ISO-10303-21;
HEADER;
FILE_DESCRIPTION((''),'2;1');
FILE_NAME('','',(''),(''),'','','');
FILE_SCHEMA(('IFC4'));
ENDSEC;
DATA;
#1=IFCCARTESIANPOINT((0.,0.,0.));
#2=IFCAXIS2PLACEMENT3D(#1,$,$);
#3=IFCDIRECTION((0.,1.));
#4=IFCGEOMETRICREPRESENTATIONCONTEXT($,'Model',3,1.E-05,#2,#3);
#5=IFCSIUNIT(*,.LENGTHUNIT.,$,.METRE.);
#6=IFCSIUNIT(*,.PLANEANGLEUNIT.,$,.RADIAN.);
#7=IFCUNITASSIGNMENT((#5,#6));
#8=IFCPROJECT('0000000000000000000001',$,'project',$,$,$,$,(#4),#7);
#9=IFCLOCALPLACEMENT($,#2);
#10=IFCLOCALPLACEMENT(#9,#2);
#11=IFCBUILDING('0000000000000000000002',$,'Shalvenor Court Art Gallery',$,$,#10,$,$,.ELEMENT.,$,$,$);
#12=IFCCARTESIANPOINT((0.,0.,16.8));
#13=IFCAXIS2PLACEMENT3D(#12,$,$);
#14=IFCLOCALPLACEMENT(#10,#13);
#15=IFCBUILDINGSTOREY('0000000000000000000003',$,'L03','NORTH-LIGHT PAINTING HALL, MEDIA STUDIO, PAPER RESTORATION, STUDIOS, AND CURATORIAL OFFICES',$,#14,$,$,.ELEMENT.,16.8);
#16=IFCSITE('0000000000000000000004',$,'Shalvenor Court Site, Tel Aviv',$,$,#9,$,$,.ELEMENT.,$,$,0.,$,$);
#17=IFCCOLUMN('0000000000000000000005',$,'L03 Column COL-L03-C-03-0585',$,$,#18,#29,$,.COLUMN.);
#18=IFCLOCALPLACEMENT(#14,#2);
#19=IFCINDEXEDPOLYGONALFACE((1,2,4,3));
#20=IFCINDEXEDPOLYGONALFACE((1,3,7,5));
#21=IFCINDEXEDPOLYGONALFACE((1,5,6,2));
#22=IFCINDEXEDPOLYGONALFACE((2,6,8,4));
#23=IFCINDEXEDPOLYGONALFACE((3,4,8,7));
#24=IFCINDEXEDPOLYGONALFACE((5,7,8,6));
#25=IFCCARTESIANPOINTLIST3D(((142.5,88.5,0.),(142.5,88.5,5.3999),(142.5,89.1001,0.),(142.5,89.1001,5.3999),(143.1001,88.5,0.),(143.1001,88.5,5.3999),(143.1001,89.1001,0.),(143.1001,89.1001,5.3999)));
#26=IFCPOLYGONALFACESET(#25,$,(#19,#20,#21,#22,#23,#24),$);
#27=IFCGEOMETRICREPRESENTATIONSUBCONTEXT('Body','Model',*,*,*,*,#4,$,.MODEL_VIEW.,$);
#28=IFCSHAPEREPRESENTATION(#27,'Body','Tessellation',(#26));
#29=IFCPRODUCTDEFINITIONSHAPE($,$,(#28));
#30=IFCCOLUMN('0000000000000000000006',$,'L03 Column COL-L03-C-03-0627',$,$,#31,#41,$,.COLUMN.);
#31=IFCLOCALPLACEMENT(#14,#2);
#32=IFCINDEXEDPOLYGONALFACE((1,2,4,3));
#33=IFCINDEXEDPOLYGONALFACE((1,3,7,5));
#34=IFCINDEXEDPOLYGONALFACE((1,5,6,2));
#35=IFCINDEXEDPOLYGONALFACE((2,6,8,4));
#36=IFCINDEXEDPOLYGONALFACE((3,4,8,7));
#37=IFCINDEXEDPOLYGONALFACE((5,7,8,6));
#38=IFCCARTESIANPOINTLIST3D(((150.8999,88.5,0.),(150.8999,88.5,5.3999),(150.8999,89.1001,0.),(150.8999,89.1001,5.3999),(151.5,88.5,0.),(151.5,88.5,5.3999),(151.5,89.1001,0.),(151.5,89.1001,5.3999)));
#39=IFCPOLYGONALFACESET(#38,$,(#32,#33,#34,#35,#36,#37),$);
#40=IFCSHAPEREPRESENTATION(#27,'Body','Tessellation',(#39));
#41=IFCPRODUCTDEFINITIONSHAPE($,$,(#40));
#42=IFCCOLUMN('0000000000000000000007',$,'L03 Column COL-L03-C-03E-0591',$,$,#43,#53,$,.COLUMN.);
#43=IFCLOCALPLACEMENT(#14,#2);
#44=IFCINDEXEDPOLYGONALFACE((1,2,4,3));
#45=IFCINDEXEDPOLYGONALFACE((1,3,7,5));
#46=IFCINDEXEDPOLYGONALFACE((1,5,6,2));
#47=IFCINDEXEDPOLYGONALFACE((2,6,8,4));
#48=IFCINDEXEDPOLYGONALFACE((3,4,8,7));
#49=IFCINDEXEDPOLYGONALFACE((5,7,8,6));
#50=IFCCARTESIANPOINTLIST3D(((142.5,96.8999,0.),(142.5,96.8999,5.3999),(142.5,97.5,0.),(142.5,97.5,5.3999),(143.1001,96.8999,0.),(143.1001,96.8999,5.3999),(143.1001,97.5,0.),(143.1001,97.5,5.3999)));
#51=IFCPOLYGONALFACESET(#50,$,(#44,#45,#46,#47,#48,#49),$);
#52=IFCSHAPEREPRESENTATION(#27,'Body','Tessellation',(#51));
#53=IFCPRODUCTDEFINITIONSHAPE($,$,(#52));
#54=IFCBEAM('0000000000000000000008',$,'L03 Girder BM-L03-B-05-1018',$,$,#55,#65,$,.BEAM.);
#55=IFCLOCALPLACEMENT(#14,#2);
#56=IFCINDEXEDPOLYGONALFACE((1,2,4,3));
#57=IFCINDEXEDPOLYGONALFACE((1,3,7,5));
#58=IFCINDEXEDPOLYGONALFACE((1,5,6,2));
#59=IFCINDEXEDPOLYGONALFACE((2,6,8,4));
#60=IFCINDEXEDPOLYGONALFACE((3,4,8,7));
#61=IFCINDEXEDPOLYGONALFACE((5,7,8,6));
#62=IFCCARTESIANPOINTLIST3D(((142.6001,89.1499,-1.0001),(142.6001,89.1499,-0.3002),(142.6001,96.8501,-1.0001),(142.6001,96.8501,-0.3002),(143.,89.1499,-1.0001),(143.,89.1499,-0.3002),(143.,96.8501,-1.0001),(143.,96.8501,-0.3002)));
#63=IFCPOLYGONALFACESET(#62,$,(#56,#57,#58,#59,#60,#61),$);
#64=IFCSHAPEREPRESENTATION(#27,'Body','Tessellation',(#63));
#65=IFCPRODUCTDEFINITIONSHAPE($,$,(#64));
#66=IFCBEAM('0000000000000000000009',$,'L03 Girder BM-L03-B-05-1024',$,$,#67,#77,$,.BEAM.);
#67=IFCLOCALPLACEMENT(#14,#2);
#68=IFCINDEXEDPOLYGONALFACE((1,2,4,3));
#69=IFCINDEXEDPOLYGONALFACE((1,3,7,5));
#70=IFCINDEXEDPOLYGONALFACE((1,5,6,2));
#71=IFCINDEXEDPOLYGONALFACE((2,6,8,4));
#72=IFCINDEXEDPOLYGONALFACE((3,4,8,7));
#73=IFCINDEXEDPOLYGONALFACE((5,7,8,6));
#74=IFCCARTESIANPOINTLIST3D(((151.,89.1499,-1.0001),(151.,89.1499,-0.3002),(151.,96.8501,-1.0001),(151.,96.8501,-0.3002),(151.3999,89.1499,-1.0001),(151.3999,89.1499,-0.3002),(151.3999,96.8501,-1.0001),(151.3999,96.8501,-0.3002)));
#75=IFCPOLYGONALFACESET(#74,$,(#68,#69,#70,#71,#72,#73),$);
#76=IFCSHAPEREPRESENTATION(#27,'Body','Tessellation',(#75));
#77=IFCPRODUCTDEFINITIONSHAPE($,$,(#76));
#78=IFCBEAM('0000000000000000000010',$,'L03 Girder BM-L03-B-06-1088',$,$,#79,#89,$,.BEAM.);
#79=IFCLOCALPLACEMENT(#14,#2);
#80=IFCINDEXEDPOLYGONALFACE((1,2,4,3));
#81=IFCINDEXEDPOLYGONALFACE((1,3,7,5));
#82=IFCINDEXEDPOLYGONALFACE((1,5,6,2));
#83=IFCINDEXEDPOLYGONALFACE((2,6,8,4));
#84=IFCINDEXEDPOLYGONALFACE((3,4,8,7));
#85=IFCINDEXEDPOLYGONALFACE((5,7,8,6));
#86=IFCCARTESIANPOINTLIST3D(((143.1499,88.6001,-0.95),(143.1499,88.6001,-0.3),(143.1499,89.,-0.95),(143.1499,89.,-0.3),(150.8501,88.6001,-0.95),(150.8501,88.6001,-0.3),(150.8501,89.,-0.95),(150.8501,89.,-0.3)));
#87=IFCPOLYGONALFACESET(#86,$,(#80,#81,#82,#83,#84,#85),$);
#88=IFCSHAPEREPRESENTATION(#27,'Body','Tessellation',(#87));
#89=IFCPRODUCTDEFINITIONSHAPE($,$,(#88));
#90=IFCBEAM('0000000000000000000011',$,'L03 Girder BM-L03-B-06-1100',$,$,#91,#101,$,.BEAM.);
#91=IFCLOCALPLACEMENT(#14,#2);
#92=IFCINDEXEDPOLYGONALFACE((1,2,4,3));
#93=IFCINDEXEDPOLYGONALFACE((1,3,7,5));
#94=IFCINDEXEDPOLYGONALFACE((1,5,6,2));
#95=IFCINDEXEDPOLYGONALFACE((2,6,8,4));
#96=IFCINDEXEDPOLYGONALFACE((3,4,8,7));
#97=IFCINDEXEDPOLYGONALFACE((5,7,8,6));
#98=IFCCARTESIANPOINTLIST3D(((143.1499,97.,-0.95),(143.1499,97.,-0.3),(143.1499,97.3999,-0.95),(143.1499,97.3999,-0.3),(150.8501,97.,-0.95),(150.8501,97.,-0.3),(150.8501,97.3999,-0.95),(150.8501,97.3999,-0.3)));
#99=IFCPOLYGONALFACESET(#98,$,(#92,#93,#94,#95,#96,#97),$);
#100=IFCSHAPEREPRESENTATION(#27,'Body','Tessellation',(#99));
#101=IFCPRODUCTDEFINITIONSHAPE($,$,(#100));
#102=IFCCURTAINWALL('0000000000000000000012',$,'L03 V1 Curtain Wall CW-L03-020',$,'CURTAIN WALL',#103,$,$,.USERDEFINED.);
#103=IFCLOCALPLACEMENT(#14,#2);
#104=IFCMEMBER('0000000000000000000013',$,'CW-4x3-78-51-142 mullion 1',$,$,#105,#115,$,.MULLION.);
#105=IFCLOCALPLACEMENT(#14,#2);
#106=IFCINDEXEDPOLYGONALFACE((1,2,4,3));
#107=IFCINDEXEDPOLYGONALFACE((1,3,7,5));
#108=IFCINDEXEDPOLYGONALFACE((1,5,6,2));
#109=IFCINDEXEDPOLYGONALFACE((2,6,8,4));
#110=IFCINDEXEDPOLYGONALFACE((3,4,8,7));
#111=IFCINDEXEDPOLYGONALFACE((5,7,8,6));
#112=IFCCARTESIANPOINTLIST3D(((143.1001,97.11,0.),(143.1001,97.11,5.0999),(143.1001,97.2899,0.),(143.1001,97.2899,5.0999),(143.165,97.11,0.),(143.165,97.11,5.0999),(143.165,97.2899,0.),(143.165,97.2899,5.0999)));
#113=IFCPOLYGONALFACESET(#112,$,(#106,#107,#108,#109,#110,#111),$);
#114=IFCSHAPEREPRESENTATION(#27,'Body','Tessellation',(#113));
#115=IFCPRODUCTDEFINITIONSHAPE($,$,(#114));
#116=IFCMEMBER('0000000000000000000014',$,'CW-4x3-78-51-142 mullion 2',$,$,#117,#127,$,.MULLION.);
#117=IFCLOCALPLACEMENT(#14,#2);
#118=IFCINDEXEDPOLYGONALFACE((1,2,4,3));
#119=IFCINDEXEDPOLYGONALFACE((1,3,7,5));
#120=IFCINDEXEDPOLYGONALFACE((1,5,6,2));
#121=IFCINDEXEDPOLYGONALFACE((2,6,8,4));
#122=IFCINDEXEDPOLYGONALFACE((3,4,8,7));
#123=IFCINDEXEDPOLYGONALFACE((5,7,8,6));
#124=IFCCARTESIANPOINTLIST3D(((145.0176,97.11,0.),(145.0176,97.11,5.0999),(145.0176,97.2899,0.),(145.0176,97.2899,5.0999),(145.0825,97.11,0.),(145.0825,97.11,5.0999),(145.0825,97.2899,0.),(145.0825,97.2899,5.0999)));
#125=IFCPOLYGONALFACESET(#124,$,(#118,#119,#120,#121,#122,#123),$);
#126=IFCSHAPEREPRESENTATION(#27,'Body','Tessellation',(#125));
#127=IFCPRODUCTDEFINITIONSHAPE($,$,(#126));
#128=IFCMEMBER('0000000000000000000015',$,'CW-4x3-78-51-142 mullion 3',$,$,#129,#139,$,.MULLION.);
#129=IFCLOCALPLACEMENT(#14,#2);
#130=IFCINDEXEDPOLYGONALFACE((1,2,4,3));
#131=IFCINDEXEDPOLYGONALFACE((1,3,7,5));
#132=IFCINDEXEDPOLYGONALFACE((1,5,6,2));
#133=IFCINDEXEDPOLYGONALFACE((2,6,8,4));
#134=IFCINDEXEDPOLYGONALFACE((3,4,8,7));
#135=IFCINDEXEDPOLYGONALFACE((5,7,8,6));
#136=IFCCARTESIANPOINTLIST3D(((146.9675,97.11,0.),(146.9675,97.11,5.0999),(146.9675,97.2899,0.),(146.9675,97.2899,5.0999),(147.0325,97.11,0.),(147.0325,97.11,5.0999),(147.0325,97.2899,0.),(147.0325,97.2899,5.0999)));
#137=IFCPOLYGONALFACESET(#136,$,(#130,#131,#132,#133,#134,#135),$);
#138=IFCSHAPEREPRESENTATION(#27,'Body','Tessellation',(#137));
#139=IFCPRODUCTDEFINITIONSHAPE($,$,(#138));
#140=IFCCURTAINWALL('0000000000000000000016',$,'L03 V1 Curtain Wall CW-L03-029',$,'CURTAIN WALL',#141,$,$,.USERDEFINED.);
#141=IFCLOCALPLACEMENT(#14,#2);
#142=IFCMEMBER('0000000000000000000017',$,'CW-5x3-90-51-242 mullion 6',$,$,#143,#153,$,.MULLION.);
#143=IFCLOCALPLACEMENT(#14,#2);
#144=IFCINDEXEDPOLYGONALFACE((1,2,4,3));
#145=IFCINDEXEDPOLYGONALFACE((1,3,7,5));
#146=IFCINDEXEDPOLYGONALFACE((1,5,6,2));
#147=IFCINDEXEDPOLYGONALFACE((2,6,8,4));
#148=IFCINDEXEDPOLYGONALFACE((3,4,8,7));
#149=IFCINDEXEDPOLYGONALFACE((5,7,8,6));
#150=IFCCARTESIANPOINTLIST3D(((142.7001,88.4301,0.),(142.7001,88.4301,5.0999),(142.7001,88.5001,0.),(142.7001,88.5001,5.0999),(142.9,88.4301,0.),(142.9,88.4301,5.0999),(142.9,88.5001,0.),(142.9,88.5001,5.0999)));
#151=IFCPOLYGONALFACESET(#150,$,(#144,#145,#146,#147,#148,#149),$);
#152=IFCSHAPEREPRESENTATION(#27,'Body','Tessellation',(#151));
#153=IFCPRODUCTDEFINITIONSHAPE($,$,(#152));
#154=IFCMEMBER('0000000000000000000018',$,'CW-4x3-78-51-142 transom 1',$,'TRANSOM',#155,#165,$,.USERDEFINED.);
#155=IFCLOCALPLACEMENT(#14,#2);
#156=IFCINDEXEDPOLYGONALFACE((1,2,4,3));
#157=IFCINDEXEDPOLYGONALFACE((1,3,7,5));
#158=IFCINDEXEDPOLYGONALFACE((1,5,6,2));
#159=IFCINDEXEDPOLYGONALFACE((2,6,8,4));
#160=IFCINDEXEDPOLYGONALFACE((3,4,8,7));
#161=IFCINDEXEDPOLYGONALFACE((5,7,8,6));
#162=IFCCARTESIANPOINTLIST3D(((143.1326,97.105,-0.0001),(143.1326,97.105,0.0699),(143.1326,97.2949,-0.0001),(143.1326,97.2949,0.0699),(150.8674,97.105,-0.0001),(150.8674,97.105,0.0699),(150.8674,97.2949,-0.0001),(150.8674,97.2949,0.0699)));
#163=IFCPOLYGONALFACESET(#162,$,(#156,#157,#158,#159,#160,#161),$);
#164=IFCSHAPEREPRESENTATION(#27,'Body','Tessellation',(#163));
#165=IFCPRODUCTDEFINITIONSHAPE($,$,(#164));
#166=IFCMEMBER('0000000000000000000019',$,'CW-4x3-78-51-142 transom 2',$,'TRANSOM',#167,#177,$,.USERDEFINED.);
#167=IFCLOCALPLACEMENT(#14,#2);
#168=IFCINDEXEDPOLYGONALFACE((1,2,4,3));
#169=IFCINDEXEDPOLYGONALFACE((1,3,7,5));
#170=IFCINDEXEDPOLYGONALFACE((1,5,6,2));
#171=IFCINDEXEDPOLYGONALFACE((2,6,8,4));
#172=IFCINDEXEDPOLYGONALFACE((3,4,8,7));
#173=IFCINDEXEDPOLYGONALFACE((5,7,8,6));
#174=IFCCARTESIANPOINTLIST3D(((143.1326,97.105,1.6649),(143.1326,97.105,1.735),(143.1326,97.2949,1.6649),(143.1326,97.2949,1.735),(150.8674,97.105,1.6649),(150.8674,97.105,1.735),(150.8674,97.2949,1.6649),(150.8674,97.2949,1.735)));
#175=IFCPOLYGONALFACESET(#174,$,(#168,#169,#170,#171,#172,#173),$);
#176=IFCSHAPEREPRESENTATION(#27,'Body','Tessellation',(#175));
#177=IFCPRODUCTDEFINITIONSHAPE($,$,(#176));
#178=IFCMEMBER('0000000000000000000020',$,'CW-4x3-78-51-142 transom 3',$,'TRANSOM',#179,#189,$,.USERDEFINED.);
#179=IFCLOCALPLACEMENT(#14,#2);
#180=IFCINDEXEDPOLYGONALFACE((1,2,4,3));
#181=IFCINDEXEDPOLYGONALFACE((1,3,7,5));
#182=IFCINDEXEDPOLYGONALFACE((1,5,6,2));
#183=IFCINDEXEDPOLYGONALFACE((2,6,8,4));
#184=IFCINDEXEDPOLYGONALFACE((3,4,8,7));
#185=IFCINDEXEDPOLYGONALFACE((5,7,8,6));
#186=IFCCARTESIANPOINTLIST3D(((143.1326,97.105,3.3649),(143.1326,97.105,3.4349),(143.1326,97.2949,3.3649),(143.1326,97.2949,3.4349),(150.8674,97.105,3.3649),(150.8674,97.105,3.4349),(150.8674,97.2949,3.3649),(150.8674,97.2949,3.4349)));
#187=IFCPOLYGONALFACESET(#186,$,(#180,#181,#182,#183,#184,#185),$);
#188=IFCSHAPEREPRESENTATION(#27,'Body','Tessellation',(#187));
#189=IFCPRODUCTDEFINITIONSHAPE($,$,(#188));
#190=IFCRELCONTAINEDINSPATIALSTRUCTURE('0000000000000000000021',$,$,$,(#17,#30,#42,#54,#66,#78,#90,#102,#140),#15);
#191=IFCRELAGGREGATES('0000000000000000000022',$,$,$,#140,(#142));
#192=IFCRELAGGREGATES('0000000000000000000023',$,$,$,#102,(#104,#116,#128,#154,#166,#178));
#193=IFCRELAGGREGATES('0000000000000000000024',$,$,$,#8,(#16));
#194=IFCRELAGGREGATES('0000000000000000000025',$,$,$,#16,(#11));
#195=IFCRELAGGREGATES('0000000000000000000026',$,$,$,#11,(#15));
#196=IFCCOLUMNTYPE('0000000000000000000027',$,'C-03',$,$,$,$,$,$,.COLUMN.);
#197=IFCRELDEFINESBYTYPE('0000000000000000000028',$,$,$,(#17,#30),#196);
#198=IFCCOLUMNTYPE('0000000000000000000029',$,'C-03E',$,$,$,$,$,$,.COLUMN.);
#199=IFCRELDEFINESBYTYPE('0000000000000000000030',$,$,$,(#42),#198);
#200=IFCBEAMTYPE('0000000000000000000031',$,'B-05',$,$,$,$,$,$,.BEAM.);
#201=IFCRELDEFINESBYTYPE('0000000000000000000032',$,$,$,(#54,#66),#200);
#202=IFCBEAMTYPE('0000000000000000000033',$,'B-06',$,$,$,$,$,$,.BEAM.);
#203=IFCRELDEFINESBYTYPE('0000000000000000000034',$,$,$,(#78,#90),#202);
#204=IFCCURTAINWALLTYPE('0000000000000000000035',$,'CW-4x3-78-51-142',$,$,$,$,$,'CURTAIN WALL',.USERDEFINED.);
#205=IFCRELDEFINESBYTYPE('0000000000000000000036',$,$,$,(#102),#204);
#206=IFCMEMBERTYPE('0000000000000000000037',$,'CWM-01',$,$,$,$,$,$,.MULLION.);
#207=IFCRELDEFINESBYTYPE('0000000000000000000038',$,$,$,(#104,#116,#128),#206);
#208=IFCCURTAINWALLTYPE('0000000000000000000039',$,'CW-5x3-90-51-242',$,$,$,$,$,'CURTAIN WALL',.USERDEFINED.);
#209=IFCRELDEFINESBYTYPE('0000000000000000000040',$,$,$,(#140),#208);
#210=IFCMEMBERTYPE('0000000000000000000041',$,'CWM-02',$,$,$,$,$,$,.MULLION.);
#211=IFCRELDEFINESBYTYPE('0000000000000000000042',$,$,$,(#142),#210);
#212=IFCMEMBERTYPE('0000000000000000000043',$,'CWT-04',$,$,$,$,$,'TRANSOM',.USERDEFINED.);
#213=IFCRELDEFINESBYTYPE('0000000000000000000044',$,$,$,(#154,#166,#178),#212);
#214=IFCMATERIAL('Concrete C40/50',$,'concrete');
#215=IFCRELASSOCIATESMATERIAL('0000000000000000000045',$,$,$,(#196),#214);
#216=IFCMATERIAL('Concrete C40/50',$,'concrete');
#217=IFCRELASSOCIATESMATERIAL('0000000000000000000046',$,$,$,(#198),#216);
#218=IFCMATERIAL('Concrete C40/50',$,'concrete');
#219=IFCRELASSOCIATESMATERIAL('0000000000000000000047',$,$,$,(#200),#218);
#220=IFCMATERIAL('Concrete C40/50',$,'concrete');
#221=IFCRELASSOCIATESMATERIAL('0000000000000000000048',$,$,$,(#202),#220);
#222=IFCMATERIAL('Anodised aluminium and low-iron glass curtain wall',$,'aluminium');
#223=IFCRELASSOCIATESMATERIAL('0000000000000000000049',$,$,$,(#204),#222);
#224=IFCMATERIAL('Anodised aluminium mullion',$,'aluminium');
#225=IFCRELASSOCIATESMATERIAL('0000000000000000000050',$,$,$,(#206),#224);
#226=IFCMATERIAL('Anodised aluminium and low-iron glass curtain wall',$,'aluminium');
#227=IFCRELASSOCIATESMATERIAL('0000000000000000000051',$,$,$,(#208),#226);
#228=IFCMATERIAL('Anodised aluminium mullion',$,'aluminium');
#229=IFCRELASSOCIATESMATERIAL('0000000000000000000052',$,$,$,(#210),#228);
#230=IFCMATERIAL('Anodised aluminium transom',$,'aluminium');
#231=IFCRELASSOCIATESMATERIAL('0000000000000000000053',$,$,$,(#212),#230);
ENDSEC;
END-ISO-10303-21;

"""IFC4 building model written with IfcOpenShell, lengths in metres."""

from ifc_helpers import new_model, si_unit, direction, frame, origin, origin_2d, place, context, subcontext, project, spatial, rectangle, extrude, material, material_profile, profile_set, type_object, element, aggregate, save


model = new_model("IFC4")

# Units and contexts
model_context = context("Model", 3, precision=1e-05, world=origin(), true_north=direction((0.0, 1.0)))
body_context = subcontext(model_context, "Body", "Model", "MODEL_VIEW")
ifc_project = project(units=[si_unit("LENGTHUNIT", "METRE"), si_unit("PLANEANGLEUNIT", "RADIAN")], contexts=[model_context])

# Site, building, storey
site_placement = place(None, origin())
site = spatial("IfcSite", under=ifc_project, at=site_placement, Name="Shalvenor Court Site, Tel Aviv", CompositionType="ELEMENT", RefElevation=0.0)
building_placement = place(site_placement, origin())
building = spatial("IfcBuilding", under=site, at=building_placement, Name="Shalvenor Court Art Gallery", CompositionType="ELEMENT")
storey_placement = place(building_placement, frame((0.0, 0.0, 16.8)))
storey = spatial("IfcBuildingStorey", under=building, at=storey_placement, Name="L03", Description="NORTH-LIGHT PAINTING HALL, MEDIA STUDIO, PAPER RESTORATION, STUDIOS, AND CURATORIAL OFFICES", CompositionType="ELEMENT", Elevation=16.8)

# Columns
ifc_material_1 = material(Name="Concrete C40/50", Category="concrete")
ifc_material_profile_1 = material_profile(ifc_material_1, rectangle(XDim=0.6001, YDim=0.6001, at=origin_2d()), Name="RC 600x600")
ifc_profile_set_1 = profile_set([ifc_material_profile_1], Name="Concrete C40/50")
column_type_1 = type_object("IfcColumnType", Name="C-03", PredefinedType="COLUMN", material=ifc_profile_set_1)
for number, where, z_axis, x_axis, name in (
    (1, (142.8, 88.8, 0.0), (0.0, 0.0, 1.0), (1.0, 0.0, 0.0), "L03 Column COL-L03-C-03-0585"),
    (2, (151.2, 88.8, 0.0), (0.0, 0.0, 1.0), (1.0, 0.0, 0.0), "L03 Column COL-L03-C-03-0627"),
):
    element("IfcColumn", number, at=place(storey_placement, frame(where, z_axis=z_axis, x_axis=x_axis)), inside=storey, type_object=column_type_1, Name=name, PredefinedType="COLUMN", context=body_context, shape_type="SweptSolid", body=[
        extrude(rectangle(XDim=0.6001, YDim=0.6001, at=origin_2d()), origin(), (0.0, 0.0, 1.0), 5.3999),
    ])
ifc_material_2 = material(Name="Concrete C40/50", Category="concrete")
ifc_material_profile_2 = material_profile(ifc_material_2, rectangle(XDim=0.6001, YDim=0.6001, at=origin_2d()), Name="RC 600x600")
ifc_profile_set_2 = profile_set([ifc_material_profile_2], Name="Concrete C40/50")
column_type_2 = type_object("IfcColumnType", Name="C-03E", PredefinedType="COLUMN", material=ifc_profile_set_2)
column_placement = place(storey_placement, frame((142.8, 97.2, 0.0), z_axis=(0.0, 0.0, 1.0), x_axis=(1.0, 0.0, 0.0)))
element("IfcColumn", 3, at=column_placement, inside=storey, type_object=column_type_2, Name="L03 Column COL-L03-C-03E-0591", PredefinedType="COLUMN", context=body_context, shape_type="SweptSolid", body=[
    extrude(rectangle(XDim=0.6001, YDim=0.6001, at=origin_2d()), origin(), (0.0, 0.0, 1.0), 5.3999),
])

# Beams
ifc_material_3 = material(Name="Concrete C40/50", Category="concrete")
ifc_material_profile_3 = material_profile(ifc_material_3, rectangle(XDim=0.3999, YDim=0.7, at=origin_2d()), Name="RC 400x700")
ifc_profile_set_3 = profile_set([ifc_material_profile_3], Name="Concrete C40/50")
beam_type_1 = type_object("IfcBeamType", Name="B-05", PredefinedType="BEAM", material=ifc_profile_set_3)
for number, where, z_axis, x_axis, name in (
    (4, (142.8, 89.1499, -0.6501), (0.0, 1.0, 0.0), (-1.0, 0.0, 0.0), "L03 Girder BM-L03-B-05-1018"),
    (5, (151.2, 89.1499, -0.6501), (0.0, 1.0, 0.0), (-1.0, 0.0, 0.0), "L03 Girder BM-L03-B-05-1024"),
):
    element("IfcBeam", number, at=place(storey_placement, frame(where, z_axis=z_axis, x_axis=x_axis)), inside=storey, type_object=beam_type_1, Name=name, PredefinedType="BEAM", context=body_context, shape_type="SweptSolid", body=[
        extrude(rectangle(XDim=0.3999, YDim=0.7, at=origin_2d()), origin(), (0.0, 0.0, 1.0), 7.7002),
    ])
ifc_material_4 = material(Name="Concrete C40/50", Category="concrete")
ifc_material_profile_4 = material_profile(ifc_material_4, rectangle(XDim=0.3999, YDim=0.6499, at=origin_2d()), Name="RC 400x650")
ifc_profile_set_4 = profile_set([ifc_material_profile_4], Name="Concrete C40/50")
beam_type_2 = type_object("IfcBeamType", Name="B-06", PredefinedType="BEAM", material=ifc_profile_set_4)
for number, where, z_axis, x_axis, name in (
    (6, (143.1499, 88.8, -0.625), (1.0, 0.0, 0.0), (0.0, 1.0, 0.0), "L03 Girder BM-L03-B-06-1088"),
    (7, (143.1499, 97.2, -0.625), (1.0, 0.0, 0.0), (0.0, 1.0, 0.0), "L03 Girder BM-L03-B-06-1100"),
):
    element("IfcBeam", number, at=place(storey_placement, frame(where, z_axis=z_axis, x_axis=x_axis)), inside=storey, type_object=beam_type_2, Name=name, PredefinedType="BEAM", context=body_context, shape_type="SweptSolid", body=[
        extrude(rectangle(XDim=0.3999, YDim=0.6499, at=origin_2d()), origin(), (0.0, 0.0, 1.0), 7.7002),
    ])

# Curtain wall, members
ifc_material_5 = material(Name="Anodised aluminium and low-iron glass curtain wall", Category="aluminium")
curtain_wall_type_1 = type_object("IfcCurtainWallType", Name="CW-4x3-78-51-142", ElementType="CURTAIN WALL", PredefinedType="USERDEFINED", material=ifc_material_5)
curtain_wall_1_placement = place(storey_placement, origin())
curtain_wall_1 = element("IfcCurtainWall", 8, at=curtain_wall_1_placement, inside=storey, type_object=curtain_wall_type_1, Name="L03 V1 Curtain Wall CW-L03-020", ObjectType="CURTAIN WALL", PredefinedType="USERDEFINED")
ifc_material_6 = material(Name="Anodised aluminium mullion", Category="aluminium")
ifc_material_profile_5 = material_profile(ifc_material_6, rectangle(XDim=0.0649, YDim=0.1799, at=origin_2d()), Name="CWM-01")
ifc_profile_set_5 = profile_set([ifc_material_profile_5], Name="Anodised aluminium mullion")
member_type_1 = type_object("IfcMemberType", Name="CWM-01", PredefinedType="MULLION", material=ifc_profile_set_5)
member_1_placement = place(storey_placement, frame((143.1326, 97.2, 0.0), z_axis=(0.0, 0.0, 1.0), x_axis=(1.0, 0.0, 0.0)))
member_1 = element("IfcMember", 9, at=member_1_placement, type_object=member_type_1, Name="CW-4x3-78-51-142 mullion 1", PredefinedType="MULLION", context=body_context, shape_type="SweptSolid", body=[
    extrude(rectangle(XDim=0.0649, YDim=0.1799, at=origin_2d()), origin(), (0.0, 0.0, 1.0), 5.0999),
])
member_2_placement = place(storey_placement, frame((145.05, 97.2, 0.0), z_axis=(0.0, 0.0, 1.0), x_axis=(1.0, 0.0, 0.0)))
member_2 = element("IfcMember", 10, at=member_2_placement, type_object=member_type_1, Name="CW-4x3-78-51-142 mullion 2", PredefinedType="MULLION", context=body_context, shape_type="SweptSolid", body=[
    extrude(rectangle(XDim=0.0649, YDim=0.1799, at=origin_2d()), origin(), (0.0, 0.0, 1.0), 5.0999),
])
member_3_placement = place(storey_placement, frame((147.0, 97.2, 0.0), z_axis=(0.0, 0.0, 1.0), x_axis=(1.0, 0.0, 0.0)))
member_3 = element("IfcMember", 11, at=member_3_placement, type_object=member_type_1, Name="CW-4x3-78-51-142 mullion 3", PredefinedType="MULLION", context=body_context, shape_type="SweptSolid", body=[
    extrude(rectangle(XDim=0.0649, YDim=0.1799, at=origin_2d()), origin(), (0.0, 0.0, 1.0), 5.0999),
])

# Curtain wall, member
ifc_material_7 = material(Name="Anodised aluminium and low-iron glass curtain wall", Category="aluminium")
curtain_wall_type_2 = type_object("IfcCurtainWallType", Name="CW-5x3-90-51-242", ElementType="CURTAIN WALL", PredefinedType="USERDEFINED", material=ifc_material_7)
curtain_wall_2_placement = place(storey_placement, origin())
curtain_wall_2 = element("IfcCurtainWall", 12, at=curtain_wall_2_placement, inside=storey, type_object=curtain_wall_type_2, Name="L03 V1 Curtain Wall CW-L03-029", ObjectType="CURTAIN WALL", PredefinedType="USERDEFINED")
ifc_material_8 = material(Name="Anodised aluminium mullion", Category="aluminium")
ifc_material_profile_6 = material_profile(ifc_material_8, rectangle(XDim=0.0701, YDim=0.2, at=origin_2d()), Name="CWM-02")
ifc_profile_set_6 = profile_set([ifc_material_profile_6], Name="Anodised aluminium mullion")
member_type_2 = type_object("IfcMemberType", Name="CWM-02", PredefinedType="MULLION", material=ifc_profile_set_6)
member_4_placement = place(storey_placement, frame((142.8, 88.4651, 0.0), z_axis=(0.0, 0.0, 1.0), x_axis=(0.0, 1.0, 0.0)))
member_4 = element("IfcMember", 13, at=member_4_placement, type_object=member_type_2, Name="CW-5x3-90-51-242 mullion 6", PredefinedType="MULLION", context=body_context, shape_type="SweptSolid", body=[
    extrude(rectangle(XDim=0.0701, YDim=0.2, at=origin_2d()), origin(), (0.0, 0.0, 1.0), 5.0999),
])
aggregate(curtain_wall_2, [member_4])

# Members
ifc_material_9 = material(Name="Anodised aluminium transom", Category="aluminium")
ifc_material_profile_7 = material_profile(ifc_material_9, rectangle(XDim=0.1899, YDim=0.0701, at=origin_2d()), Name="CWT-04")
ifc_profile_set_7 = profile_set([ifc_material_profile_7], Name="Anodised aluminium transom")
member_type_3 = type_object("IfcMemberType", Name="CWT-04", ElementType="TRANSOM", PredefinedType="USERDEFINED", material=ifc_profile_set_7)
member_5_placement = place(storey_placement, frame((143.1326, 97.2, 0.0349), z_axis=(1.0, 0.0, 0.0), x_axis=(0.0, 1.0, 0.0)))
member_5 = element("IfcMember", 14, at=member_5_placement, type_object=member_type_3, Name="CW-4x3-78-51-142 transom 1", ObjectType="TRANSOM", PredefinedType="USERDEFINED", context=body_context, shape_type="SweptSolid", body=[
    extrude(rectangle(XDim=0.1899, YDim=0.0701, at=origin_2d()), origin(), (0.0, 0.0, 1.0), 7.7349),
])
member_6_placement = place(storey_placement, frame((143.1326, 97.2, 1.7), z_axis=(1.0, 0.0, 0.0), x_axis=(0.0, 1.0, 0.0)))
member_6 = element("IfcMember", 15, at=member_6_placement, type_object=member_type_3, Name="CW-4x3-78-51-142 transom 2", ObjectType="TRANSOM", PredefinedType="USERDEFINED", context=body_context, shape_type="SweptSolid", body=[
    extrude(rectangle(XDim=0.1899, YDim=0.0701, at=origin_2d()), origin(), (0.0, 0.0, 1.0), 7.7349),
])
member_7_placement = place(storey_placement, frame((143.1326, 97.2, 3.3999), z_axis=(1.0, 0.0, 0.0), x_axis=(0.0, 1.0, 0.0)))
member_7 = element("IfcMember", 16, at=member_7_placement, type_object=member_type_3, Name="CW-4x3-78-51-142 transom 3", ObjectType="TRANSOM", PredefinedType="USERDEFINED", context=body_context, shape_type="SweptSolid", body=[
    extrude(rectangle(XDim=0.1899, YDim=0.0701, at=origin_2d()), origin(), (0.0, 0.0, 1.0), 7.7349),
])

aggregate(curtain_wall_1, [member_1, member_2, member_3, member_5, member_6, member_7])

save(model, "model.ifc")
